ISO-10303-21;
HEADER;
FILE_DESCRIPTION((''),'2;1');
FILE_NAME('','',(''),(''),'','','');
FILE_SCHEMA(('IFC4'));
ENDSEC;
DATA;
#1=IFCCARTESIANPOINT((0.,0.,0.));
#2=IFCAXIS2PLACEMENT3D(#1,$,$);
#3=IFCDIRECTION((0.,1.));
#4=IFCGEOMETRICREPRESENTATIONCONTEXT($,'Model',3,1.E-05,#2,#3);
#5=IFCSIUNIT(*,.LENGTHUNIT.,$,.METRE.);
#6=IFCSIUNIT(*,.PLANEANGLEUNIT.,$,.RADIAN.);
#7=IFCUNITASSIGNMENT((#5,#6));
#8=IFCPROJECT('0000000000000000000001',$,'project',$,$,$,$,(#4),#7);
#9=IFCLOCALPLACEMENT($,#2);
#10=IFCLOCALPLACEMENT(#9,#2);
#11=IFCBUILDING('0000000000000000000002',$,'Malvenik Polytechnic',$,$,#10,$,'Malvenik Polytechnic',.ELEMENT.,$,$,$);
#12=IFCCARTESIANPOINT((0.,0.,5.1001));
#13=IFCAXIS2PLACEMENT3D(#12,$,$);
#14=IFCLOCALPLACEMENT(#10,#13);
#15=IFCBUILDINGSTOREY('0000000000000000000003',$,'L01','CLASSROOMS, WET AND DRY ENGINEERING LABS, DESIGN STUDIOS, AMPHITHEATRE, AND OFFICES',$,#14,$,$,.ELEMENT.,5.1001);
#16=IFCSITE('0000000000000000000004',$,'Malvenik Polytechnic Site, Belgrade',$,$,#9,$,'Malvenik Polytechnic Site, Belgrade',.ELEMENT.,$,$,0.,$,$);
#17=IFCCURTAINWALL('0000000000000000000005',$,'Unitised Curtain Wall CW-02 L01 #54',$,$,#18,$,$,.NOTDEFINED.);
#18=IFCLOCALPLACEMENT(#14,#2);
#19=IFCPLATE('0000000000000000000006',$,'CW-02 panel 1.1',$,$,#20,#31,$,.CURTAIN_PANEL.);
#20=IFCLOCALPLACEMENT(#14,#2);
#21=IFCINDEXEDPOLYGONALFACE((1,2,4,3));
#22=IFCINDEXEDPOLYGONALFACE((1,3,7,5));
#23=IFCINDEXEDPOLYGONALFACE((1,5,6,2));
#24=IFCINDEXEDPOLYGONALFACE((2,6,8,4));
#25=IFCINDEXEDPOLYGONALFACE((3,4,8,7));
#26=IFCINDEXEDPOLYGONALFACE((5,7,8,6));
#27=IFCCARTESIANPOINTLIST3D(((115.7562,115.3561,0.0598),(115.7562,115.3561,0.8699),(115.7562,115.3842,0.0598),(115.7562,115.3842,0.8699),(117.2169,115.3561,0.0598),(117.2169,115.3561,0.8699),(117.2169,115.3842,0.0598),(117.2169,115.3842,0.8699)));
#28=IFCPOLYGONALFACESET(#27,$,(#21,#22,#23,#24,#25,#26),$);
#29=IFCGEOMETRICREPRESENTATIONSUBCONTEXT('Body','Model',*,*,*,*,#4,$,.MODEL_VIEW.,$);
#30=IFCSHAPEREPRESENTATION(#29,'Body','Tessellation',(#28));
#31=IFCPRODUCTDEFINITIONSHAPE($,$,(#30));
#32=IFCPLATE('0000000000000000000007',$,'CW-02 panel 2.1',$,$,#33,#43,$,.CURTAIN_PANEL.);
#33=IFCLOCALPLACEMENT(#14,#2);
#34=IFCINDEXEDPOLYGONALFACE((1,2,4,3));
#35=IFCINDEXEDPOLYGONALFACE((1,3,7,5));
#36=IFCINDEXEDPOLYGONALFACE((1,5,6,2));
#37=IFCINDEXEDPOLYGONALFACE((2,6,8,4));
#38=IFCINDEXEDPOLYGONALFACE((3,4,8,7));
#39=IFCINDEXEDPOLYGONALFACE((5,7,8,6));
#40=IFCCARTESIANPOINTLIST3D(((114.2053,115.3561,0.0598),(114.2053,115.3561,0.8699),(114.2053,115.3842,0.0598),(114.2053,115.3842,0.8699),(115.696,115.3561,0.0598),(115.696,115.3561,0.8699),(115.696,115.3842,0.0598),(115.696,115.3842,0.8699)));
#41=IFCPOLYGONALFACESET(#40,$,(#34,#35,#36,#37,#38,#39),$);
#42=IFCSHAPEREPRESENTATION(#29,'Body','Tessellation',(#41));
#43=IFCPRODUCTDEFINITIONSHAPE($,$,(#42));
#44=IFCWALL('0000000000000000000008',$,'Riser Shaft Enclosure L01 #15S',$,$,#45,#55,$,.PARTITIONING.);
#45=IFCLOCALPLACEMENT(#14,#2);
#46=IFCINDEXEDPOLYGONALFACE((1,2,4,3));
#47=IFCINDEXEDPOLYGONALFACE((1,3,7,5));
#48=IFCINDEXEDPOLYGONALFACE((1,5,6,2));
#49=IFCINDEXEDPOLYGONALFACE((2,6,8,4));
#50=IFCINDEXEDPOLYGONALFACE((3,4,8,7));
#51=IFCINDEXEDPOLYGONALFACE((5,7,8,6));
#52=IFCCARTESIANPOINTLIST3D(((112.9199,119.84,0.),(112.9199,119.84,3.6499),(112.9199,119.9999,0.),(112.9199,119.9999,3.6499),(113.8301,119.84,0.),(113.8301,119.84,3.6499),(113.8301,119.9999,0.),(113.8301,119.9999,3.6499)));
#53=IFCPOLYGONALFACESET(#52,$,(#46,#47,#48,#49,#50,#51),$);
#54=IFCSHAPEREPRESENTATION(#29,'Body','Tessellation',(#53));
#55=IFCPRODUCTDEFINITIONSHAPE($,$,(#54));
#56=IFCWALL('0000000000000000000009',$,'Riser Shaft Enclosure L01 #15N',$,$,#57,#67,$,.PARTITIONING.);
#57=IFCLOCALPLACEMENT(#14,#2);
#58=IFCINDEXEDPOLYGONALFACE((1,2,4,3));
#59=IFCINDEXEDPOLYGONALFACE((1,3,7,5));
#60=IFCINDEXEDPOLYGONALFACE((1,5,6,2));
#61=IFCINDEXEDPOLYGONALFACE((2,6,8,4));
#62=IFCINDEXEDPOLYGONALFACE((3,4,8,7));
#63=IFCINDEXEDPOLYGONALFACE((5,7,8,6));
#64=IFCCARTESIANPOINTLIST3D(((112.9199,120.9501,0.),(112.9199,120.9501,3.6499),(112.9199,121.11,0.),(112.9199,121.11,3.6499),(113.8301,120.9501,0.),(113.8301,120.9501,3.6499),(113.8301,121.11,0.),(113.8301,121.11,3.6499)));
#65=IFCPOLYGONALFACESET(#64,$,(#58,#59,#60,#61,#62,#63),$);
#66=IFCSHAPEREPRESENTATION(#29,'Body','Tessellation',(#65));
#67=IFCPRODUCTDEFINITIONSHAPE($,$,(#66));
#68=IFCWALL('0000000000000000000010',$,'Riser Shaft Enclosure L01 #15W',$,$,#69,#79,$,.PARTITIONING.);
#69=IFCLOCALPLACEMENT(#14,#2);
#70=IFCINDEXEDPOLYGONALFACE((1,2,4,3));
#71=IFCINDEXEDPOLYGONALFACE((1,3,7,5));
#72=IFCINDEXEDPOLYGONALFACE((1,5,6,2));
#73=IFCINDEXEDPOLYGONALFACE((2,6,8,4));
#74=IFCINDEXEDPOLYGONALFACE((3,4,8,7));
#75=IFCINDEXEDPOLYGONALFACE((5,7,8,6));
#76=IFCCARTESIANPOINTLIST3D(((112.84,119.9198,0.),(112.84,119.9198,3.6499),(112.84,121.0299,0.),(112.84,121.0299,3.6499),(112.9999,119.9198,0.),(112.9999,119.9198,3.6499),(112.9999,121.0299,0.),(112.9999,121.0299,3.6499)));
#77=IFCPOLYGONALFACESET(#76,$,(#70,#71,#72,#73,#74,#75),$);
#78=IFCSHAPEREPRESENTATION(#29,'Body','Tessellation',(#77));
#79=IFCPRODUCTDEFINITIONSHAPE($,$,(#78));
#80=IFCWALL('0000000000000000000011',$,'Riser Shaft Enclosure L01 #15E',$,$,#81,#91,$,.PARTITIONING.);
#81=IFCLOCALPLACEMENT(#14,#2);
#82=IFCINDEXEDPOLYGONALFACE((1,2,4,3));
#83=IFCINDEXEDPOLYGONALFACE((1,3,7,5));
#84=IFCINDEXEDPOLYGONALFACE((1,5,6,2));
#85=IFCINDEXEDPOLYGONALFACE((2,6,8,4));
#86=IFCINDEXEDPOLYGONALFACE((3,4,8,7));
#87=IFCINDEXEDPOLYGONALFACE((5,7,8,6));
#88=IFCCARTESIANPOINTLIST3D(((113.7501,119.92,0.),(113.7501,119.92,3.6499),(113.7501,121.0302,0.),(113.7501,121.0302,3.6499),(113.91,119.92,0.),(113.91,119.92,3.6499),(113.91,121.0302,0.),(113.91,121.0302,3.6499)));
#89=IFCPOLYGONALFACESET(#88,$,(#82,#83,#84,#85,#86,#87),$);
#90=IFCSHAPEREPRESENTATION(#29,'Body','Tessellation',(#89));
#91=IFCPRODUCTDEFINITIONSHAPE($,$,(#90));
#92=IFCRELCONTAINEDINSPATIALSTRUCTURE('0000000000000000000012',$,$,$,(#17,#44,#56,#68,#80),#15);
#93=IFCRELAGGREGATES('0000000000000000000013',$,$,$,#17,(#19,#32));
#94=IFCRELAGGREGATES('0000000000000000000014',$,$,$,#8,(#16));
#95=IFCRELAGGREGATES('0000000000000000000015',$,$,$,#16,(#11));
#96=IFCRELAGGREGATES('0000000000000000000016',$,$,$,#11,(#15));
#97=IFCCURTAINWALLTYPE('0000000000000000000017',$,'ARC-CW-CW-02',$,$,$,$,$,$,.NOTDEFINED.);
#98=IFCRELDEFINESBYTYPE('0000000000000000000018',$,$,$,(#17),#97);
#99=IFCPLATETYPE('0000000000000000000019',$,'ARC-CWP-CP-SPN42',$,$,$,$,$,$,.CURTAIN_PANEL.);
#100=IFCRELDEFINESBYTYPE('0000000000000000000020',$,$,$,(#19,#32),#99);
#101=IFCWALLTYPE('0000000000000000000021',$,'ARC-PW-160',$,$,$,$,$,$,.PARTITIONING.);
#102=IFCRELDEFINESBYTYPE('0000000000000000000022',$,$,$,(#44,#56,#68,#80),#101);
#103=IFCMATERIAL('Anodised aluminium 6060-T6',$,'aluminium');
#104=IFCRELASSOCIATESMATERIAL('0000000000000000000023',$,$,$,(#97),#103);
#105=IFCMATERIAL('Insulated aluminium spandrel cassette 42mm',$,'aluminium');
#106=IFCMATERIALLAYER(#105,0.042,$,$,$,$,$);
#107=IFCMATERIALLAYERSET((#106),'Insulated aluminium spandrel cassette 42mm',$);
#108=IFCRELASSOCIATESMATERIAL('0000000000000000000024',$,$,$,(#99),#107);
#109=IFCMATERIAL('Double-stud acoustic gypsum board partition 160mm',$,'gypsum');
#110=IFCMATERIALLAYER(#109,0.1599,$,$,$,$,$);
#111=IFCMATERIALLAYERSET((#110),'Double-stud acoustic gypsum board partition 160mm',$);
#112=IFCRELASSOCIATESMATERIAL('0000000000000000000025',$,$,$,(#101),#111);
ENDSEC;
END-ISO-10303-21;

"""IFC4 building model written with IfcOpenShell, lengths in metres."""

from ifc_helpers import new_model, si_unit, direction, frame, frame_2d, origin, origin_2d, place, context, subcontext, project, spatial, rectangle, extrude, material, layer, layer_set, type_object, element, aggregate, save


model = new_model("IFC4")

# Units and contexts
model_context = context("Model", 3, precision=1e-05, world=origin(), true_north=direction((0.0, 1.0)))
body_context = subcontext(model_context, "Body", "Model", "MODEL_VIEW")
ifc_project = project(units=[si_unit("LENGTHUNIT", "METRE"), si_unit("PLANEANGLEUNIT", "RADIAN")], contexts=[model_context])

# Site, building, storey
site_placement = place(None, origin())
site = spatial("IfcSite", under=ifc_project, at=site_placement, Name="Malvenik Polytechnic Site, Belgrade", LongName="Malvenik Polytechnic Site, Belgrade", CompositionType="ELEMENT", RefElevation=0.0)
building_placement = place(site_placement, origin())
building = spatial("IfcBuilding", under=site, at=building_placement, Name="Malvenik Polytechnic", LongName="Malvenik Polytechnic", CompositionType="ELEMENT")
storey_placement = place(building_placement, frame((0.0, 0.0, 5.1001)))
storey = spatial("IfcBuildingStorey", under=building, at=storey_placement, Name="L01", Description="CLASSROOMS, WET AND DRY ENGINEERING LABS, DESIGN STUDIOS, AMPHITHEATRE, AND OFFICES", CompositionType="ELEMENT", Elevation=5.1001)

# Curtain wall
ifc_material_1 = material(Name="Anodised aluminium 6060-T6", Category="aluminium")
curtain_wall_type = type_object("IfcCurtainWallType", Name="ARC-CW-CW-02", PredefinedType="NOTDEFINED", material=ifc_material_1)
curtain_wall_placement = place(storey_placement, origin())
curtain_wall = element("IfcCurtainWall", 1, at=curtain_wall_placement, inside=storey, type_object=curtain_wall_type, Name="Unitised Curtain Wall CW-02 L01 #54", PredefinedType="NOTDEFINED")

# Plates
ifc_material_2 = material(Name="Insulated aluminium spandrel cassette 42mm", Category="aluminium")
ifc_layer_1 = layer(ifc_material_2, 0.042)
ifc_layer_set_1 = layer_set([ifc_layer_1], Name="Insulated aluminium spandrel cassette 42mm")
plate_type_1 = type_object("IfcPlateType", Name="ARC-CWP-CP-SPN42", PredefinedType="CURTAIN_PANEL", material=ifc_layer_set_1)
plate_1_placement = place(storey_placement, frame((116.4866, 115.3701, 0.0598), z_axis=(0.0, 0.0, 1.0), x_axis=(-1.0, 0.0, 0.0)))
plate_1 = element("IfcPlate", 2, at=plate_1_placement, type_object=plate_type_1, Name="CW-02 panel 1.1", PredefinedType="CURTAIN_PANEL", context=body_context, shape_type="SweptSolid", body=[
    extrude(rectangle(XDim=1.4607, YDim=0.0281, at=origin_2d()), origin(), (0.0, 0.0, 1.0), 0.8101),
])
plate_2_placement = place(storey_placement, frame((114.9507, 115.3701, 0.0598), z_axis=(0.0, 0.0, 1.0), x_axis=(-1.0, 0.0, 0.0)))
plate_2 = element("IfcPlate", 3, at=plate_2_placement, type_object=plate_type_1, Name="CW-02 panel 2.1", PredefinedType="CURTAIN_PANEL", context=body_context, shape_type="SweptSolid", body=[
    extrude(rectangle(XDim=1.4907, YDim=0.0281, at=origin_2d()), origin(), (0.0, 0.0, 1.0), 0.8101),
])
aggregate(curtain_wall, [plate_1, plate_2])

# Walls
ifc_material_3 = material(Name="Double-stud acoustic gypsum board partition 160mm", Category="gypsum")
ifc_layer_2 = layer(ifc_material_3, 0.1599)
ifc_layer_set_2 = layer_set([ifc_layer_2], Name="Double-stud acoustic gypsum board partition 160mm")
wall_type = type_object("IfcWallType", Name="ARC-PW-160", PredefinedType="PARTITIONING", material=ifc_layer_set_2)
for number, where, z_axis, x_axis, name in (
    (4, (112.9199, 119.9199, 0.0), (0.0, 0.0, 1.0), (1.0, 0.0, 0.0), "Riser Shaft Enclosure L01 #15S"),
    (5, (113.8301, 121.03, 0.0), (0.0, 0.0, 1.0), (-1.0, 0.0, 0.0), "Riser Shaft Enclosure L01 #15N"),
):
    element("IfcWall", number, at=place(storey_placement, frame(where, z_axis=z_axis, x_axis=x_axis)), inside=storey, type_object=wall_type, Name=name, PredefinedType="PARTITIONING", context=body_context, shape_type="SweptSolid", body=[
        extrude(rectangle(XDim=0.9102, YDim=0.1599, at=frame_2d((0.4551, 0.0))), origin(), (0.0, 0.0, 1.0), 3.6499),
    ])
for number, where, z_axis, x_axis, name in (
    (6, (112.9199, 121.03, 0.0), (0.0, 0.0, 1.0), (0.0, -1.0, 0.0), "Riser Shaft Enclosure L01 #15W"),
    (7, (113.8301, 119.9199, 0.0), (0.0, 0.0, 1.0), (0.0, 1.0, 0.0), "Riser Shaft Enclosure L01 #15E"),
):
    element("IfcWall", number, at=place(storey_placement, frame(where, z_axis=z_axis, x_axis=x_axis)), inside=storey, type_object=wall_type, Name=name, PredefinedType="PARTITIONING", context=body_context, shape_type="SweptSolid", body=[
        extrude(rectangle(XDim=1.1101, YDim=0.1599, at=frame_2d((0.5552, 0.0))), origin(), (0.0, 0.0, 1.0), 3.6499),
    ])

save(model, "model.ifc")
